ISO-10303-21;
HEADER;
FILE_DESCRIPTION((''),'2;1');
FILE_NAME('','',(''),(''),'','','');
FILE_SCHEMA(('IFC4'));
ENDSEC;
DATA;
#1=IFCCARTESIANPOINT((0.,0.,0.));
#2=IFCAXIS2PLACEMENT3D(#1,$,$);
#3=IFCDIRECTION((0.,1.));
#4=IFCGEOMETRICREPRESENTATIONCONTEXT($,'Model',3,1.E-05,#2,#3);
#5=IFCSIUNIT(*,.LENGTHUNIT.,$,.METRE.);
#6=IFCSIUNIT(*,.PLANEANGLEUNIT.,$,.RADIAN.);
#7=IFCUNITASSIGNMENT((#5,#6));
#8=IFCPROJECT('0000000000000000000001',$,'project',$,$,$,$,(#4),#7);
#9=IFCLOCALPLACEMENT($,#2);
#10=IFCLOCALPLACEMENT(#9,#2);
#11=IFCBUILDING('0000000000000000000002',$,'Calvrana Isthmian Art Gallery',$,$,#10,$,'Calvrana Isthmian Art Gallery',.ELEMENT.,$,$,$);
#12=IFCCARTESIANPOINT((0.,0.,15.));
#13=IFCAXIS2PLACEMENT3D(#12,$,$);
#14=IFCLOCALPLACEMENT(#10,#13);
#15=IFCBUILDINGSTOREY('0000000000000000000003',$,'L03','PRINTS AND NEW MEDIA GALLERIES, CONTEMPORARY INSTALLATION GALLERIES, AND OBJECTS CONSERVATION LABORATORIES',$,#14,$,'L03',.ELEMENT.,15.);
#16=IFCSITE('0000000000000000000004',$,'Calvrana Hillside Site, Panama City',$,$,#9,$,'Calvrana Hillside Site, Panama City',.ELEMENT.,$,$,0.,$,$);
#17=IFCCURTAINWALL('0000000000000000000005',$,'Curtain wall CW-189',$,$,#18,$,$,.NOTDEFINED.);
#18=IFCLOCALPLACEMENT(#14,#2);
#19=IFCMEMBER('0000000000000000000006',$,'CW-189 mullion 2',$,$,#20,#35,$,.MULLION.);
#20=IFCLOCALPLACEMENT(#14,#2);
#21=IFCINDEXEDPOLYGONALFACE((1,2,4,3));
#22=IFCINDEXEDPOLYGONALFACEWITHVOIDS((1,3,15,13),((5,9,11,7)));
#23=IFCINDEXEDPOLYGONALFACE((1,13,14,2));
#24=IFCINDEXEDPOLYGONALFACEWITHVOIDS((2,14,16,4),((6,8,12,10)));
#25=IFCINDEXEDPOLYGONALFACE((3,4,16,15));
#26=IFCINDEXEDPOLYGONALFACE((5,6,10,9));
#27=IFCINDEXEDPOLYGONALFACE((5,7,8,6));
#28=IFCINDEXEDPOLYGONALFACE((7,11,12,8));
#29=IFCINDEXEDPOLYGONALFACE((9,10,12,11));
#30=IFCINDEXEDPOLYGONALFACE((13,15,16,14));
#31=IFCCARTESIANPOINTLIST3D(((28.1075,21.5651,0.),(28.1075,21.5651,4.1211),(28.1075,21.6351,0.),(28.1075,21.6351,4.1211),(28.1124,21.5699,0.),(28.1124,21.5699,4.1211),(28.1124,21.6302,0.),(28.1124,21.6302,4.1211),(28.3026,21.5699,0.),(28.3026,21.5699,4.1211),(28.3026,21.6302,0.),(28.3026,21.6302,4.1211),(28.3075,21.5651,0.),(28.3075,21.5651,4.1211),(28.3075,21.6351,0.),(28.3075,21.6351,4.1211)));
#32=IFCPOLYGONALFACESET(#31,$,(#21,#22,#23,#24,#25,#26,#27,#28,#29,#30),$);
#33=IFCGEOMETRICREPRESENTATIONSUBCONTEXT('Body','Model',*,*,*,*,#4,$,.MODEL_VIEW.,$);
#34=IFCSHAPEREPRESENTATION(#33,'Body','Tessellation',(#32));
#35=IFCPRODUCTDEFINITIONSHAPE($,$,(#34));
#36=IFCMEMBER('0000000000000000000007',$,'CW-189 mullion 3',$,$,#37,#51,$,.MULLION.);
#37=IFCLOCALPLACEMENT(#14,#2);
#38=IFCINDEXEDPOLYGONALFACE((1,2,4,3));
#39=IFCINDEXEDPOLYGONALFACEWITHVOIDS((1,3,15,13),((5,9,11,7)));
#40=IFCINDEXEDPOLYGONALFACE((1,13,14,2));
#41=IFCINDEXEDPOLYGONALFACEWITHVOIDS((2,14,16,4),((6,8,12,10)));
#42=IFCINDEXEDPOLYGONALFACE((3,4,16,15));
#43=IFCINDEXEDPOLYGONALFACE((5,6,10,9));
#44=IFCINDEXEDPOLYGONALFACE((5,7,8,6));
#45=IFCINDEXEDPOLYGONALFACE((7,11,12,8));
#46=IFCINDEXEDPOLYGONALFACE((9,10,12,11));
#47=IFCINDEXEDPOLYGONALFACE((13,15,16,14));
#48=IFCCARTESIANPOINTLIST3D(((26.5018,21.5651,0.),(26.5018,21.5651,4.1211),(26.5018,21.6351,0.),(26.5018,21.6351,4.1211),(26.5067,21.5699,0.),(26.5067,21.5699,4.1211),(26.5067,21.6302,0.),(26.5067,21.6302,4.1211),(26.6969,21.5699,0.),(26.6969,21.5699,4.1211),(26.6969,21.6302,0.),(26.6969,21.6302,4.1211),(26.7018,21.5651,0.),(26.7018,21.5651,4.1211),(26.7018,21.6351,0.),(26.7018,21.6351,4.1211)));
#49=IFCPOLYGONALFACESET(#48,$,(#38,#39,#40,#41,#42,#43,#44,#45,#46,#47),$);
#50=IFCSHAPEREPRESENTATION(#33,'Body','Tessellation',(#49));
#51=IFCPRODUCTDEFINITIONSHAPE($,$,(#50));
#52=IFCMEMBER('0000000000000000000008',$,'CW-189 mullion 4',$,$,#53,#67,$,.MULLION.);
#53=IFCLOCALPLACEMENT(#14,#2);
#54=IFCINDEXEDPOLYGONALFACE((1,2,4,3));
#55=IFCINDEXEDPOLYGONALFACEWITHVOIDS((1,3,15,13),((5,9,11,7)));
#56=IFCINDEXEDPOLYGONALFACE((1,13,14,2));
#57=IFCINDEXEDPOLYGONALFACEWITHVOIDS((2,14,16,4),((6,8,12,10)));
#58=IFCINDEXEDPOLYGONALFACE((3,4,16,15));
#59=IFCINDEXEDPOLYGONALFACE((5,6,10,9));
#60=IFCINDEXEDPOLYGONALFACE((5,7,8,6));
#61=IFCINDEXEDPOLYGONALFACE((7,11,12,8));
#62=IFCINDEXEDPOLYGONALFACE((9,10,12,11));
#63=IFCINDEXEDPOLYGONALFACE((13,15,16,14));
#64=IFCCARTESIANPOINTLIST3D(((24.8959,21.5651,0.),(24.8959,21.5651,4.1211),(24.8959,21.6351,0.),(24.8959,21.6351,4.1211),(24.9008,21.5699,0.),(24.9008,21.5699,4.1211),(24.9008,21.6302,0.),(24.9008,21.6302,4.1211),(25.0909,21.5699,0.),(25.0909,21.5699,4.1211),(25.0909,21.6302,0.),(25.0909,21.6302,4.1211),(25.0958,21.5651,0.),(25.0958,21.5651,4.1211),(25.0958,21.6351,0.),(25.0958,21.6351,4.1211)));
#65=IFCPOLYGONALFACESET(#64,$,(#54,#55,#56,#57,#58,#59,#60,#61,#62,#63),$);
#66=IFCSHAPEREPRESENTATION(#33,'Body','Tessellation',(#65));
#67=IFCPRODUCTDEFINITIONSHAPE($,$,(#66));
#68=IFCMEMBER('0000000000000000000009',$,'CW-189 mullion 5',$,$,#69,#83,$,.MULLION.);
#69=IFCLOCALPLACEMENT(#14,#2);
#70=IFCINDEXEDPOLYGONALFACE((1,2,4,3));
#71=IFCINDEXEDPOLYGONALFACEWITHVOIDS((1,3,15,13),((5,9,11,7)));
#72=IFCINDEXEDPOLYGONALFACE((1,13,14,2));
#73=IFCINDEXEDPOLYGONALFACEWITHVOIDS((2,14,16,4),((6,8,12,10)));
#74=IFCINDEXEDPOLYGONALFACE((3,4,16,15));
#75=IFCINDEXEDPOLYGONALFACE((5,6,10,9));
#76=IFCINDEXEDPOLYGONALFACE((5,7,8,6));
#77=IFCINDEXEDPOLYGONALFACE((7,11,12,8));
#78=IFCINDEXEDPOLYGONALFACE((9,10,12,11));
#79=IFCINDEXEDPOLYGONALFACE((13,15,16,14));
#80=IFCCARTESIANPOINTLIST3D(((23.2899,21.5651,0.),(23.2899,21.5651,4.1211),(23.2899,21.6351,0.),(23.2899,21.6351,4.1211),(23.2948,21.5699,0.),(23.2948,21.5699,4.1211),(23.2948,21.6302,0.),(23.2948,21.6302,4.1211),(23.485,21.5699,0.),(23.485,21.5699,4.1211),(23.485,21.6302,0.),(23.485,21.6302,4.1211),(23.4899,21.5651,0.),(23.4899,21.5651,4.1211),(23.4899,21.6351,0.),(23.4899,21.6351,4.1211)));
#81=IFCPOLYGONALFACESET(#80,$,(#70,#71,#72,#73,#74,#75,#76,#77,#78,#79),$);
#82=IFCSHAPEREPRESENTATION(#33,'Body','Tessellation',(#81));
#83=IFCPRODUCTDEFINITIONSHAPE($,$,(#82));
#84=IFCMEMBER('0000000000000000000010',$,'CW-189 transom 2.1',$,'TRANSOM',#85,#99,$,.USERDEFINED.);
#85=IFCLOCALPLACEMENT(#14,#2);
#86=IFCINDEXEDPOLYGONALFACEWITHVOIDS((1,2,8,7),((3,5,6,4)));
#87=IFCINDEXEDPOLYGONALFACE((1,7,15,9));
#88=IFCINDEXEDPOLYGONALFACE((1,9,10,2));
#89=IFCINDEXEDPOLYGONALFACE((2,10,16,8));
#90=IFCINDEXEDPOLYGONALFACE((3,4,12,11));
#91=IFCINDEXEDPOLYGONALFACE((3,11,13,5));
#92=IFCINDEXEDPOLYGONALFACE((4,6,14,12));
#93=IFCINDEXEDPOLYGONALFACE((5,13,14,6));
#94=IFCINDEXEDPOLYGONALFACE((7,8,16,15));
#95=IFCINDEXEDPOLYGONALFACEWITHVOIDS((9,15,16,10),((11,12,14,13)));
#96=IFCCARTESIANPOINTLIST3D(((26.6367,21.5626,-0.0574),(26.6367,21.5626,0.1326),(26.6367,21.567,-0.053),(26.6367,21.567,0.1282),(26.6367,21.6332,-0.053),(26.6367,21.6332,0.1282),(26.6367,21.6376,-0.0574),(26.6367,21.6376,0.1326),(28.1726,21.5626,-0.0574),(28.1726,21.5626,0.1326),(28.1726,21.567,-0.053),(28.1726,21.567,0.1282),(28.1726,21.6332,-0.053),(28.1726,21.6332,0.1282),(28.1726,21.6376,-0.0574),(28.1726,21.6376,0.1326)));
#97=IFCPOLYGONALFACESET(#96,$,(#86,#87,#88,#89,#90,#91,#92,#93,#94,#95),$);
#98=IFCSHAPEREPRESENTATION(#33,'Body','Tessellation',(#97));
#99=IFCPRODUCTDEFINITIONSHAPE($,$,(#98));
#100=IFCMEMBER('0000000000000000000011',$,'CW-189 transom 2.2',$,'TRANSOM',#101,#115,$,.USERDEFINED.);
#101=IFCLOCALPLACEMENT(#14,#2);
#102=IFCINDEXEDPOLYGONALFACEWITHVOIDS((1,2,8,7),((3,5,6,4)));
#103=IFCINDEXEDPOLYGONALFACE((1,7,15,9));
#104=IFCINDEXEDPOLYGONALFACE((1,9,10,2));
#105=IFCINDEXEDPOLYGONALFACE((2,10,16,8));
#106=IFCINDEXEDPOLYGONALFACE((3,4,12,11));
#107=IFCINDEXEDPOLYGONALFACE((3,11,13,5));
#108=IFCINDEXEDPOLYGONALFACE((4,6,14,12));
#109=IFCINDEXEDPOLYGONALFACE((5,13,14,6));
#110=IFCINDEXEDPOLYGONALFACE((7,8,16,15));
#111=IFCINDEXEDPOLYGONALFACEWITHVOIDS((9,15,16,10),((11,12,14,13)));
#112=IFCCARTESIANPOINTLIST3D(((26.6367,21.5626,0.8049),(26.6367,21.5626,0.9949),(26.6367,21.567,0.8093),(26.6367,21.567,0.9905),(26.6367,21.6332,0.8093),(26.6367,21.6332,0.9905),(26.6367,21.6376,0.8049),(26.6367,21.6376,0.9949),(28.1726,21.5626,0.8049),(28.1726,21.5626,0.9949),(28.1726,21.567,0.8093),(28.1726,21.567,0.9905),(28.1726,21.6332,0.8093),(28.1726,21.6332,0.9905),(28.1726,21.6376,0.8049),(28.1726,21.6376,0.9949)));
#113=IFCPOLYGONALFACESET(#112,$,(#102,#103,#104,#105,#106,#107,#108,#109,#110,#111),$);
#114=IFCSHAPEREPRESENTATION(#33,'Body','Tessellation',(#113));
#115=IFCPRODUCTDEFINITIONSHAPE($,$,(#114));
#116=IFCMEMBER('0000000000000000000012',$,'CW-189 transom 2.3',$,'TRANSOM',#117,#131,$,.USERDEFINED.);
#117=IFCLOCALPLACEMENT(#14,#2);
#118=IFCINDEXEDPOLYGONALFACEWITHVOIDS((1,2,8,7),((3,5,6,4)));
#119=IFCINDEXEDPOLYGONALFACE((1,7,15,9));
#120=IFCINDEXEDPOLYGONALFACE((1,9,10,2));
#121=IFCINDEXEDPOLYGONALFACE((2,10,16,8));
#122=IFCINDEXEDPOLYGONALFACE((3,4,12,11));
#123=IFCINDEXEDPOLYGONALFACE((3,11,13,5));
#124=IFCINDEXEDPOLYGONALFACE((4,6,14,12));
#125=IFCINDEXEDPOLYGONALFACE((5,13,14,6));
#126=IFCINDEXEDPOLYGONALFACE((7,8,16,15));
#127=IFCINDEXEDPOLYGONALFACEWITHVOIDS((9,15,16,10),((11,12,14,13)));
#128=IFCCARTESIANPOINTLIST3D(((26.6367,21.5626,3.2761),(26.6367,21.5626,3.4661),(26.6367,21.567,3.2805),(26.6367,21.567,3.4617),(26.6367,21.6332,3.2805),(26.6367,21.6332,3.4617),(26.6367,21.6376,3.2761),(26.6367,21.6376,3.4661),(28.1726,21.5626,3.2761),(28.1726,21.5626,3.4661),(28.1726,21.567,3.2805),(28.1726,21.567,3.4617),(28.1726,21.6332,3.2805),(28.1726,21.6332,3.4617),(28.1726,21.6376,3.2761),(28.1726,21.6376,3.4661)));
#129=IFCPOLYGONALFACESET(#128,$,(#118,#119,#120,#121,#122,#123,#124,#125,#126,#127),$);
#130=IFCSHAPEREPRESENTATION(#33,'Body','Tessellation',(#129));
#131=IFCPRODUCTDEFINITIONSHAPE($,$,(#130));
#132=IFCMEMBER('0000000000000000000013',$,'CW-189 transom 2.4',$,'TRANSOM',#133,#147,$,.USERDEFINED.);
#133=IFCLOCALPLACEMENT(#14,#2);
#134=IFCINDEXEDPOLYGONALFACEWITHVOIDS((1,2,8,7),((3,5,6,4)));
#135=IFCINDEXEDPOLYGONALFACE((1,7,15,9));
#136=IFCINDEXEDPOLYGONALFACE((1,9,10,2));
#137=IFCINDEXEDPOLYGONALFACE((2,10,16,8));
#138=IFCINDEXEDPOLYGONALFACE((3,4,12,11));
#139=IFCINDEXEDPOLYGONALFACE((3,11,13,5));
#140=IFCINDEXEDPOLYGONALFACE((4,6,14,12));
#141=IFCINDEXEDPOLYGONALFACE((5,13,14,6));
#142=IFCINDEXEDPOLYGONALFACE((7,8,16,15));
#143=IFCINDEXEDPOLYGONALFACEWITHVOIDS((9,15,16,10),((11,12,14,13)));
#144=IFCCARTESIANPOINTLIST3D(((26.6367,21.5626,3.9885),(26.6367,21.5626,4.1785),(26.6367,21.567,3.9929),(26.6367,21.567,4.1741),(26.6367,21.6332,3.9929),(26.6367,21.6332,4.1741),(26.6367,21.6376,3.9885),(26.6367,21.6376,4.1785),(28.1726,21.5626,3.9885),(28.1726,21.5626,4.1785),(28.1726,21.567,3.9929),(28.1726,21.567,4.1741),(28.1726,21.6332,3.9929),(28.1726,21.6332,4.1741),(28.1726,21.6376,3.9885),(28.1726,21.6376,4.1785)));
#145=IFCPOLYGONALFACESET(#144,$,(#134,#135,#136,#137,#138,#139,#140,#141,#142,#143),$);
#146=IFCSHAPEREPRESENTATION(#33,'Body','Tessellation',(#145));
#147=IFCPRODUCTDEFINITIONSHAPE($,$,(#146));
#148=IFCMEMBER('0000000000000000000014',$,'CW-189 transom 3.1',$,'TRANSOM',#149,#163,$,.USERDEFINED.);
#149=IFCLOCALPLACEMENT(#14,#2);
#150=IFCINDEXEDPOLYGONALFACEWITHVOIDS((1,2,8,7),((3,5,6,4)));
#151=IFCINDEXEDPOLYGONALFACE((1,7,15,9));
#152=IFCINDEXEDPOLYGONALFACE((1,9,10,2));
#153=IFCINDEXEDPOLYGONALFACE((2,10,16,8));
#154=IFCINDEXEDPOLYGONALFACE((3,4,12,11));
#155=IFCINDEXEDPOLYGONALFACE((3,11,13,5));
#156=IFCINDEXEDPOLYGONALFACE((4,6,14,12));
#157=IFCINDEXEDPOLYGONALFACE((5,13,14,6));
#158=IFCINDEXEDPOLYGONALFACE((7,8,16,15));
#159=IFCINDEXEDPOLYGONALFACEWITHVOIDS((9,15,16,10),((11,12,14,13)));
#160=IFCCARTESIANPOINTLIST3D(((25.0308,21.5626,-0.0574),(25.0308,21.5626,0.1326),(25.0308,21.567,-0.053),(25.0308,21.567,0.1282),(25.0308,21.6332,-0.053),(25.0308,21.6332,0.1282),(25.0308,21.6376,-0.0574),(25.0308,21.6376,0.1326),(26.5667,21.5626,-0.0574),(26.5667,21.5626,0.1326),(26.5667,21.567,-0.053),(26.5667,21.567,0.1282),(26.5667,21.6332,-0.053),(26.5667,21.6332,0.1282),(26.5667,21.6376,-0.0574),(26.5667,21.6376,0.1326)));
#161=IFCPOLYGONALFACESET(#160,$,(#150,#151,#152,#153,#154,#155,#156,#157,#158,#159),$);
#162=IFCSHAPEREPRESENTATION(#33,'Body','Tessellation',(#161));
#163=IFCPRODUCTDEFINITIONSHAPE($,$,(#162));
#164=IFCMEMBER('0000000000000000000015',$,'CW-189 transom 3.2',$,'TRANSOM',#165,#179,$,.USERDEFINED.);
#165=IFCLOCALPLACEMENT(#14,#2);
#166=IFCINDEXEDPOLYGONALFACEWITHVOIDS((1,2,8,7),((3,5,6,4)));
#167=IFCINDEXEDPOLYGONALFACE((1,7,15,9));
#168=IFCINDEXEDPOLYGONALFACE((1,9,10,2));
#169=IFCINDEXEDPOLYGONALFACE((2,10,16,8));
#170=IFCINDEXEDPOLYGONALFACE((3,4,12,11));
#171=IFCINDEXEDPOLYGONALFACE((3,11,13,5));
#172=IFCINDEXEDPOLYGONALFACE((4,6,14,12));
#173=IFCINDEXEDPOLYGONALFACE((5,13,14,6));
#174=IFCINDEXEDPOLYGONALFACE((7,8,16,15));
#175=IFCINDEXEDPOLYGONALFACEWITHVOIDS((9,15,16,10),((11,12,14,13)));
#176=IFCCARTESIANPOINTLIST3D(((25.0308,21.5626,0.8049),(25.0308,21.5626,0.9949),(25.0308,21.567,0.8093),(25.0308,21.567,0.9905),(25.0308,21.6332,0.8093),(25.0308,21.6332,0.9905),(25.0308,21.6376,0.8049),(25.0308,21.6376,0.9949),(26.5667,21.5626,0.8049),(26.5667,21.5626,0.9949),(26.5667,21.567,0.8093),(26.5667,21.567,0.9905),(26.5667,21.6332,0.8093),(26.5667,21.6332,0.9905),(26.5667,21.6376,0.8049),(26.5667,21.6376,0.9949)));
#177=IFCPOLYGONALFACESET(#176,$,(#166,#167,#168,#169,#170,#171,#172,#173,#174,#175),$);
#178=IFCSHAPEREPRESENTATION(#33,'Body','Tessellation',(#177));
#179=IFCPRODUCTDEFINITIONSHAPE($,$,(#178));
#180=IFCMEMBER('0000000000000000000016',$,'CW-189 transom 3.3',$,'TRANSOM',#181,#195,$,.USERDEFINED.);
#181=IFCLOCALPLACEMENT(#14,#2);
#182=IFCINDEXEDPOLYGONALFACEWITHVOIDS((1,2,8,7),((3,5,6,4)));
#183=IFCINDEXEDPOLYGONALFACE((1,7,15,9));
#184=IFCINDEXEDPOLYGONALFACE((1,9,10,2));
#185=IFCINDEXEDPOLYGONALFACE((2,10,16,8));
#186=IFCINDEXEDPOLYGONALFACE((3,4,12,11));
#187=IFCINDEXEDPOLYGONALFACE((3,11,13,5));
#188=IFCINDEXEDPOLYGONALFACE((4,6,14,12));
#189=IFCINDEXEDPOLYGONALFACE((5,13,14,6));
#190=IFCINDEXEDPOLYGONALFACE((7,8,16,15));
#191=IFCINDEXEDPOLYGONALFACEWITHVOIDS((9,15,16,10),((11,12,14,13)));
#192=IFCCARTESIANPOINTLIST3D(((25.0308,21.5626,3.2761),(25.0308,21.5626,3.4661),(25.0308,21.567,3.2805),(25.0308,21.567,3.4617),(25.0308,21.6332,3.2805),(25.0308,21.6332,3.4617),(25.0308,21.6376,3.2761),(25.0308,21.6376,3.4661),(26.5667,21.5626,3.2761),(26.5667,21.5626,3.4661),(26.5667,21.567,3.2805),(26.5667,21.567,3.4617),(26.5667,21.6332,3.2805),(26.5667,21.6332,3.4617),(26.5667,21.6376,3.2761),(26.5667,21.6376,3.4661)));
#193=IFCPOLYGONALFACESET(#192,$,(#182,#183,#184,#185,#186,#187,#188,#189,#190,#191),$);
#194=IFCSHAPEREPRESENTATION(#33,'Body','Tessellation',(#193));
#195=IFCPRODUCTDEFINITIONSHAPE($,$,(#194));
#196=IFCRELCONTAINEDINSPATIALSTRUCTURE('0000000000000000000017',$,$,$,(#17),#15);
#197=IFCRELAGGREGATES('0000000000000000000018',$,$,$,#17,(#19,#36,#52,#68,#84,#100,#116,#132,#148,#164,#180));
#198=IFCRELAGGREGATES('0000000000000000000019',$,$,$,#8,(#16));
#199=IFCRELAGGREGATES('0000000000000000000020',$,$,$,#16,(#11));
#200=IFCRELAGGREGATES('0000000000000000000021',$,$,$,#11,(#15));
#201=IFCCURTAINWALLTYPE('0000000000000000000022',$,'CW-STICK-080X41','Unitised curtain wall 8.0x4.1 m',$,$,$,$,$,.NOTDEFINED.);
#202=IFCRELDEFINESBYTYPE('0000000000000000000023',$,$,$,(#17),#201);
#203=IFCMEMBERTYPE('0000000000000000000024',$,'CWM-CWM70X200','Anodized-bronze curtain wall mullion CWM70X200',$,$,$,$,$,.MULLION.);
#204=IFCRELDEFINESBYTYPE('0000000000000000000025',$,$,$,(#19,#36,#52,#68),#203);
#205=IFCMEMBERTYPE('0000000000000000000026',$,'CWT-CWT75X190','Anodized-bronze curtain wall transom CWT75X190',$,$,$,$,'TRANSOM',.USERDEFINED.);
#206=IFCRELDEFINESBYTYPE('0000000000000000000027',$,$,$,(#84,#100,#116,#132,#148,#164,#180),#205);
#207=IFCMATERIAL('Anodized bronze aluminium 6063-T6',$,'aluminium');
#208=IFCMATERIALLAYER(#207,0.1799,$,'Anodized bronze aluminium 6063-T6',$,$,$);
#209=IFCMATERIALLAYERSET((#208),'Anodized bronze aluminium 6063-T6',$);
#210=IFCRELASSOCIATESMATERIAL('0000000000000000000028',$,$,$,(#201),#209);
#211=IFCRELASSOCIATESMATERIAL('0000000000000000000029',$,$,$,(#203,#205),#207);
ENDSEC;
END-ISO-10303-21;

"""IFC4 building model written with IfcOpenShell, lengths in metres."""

from ifc_helpers import new_model, si_unit, direction, frame, origin, origin_2d, place, context, subcontext, project, spatial, hollow_rectangle, extrude, material, layer, layer_set, material_profile, profile_set, type_object, element, aggregate, save


model = new_model("IFC4")

# Units and contexts
model_context = context("Model", 3, precision=1e-05, world=origin(), true_north=direction((0.0, 1.0)))
body_context = subcontext(model_context, "Body", "Model", "MODEL_VIEW")
ifc_project = project(units=[si_unit("LENGTHUNIT", "METRE"), si_unit("PLANEANGLEUNIT", "RADIAN")], contexts=[model_context])

# Site, building, storey
site_placement = place(None, origin())
site = spatial("IfcSite", under=ifc_project, at=site_placement, Name="Calvrana Hillside Site, Panama City", LongName="Calvrana Hillside Site, Panama City", CompositionType="ELEMENT", RefElevation=0.0)
building_placement = place(site_placement, origin())
building = spatial("IfcBuilding", under=site, at=building_placement, Name="Calvrana Isthmian Art Gallery", LongName="Calvrana Isthmian Art Gallery", CompositionType="ELEMENT")
storey_placement = place(building_placement, frame((0.0, 0.0, 15.0)))
storey = spatial("IfcBuildingStorey", under=building, at=storey_placement, Name="L03", Description="PRINTS AND NEW MEDIA GALLERIES, CONTEMPORARY INSTALLATION GALLERIES, AND OBJECTS CONSERVATION LABORATORIES", LongName="L03", CompositionType="ELEMENT", Elevation=15.0)

# Curtain wall, members
ifc_material_1 = material(Name="Anodized bronze aluminium 6063-T6", Category="aluminium")
ifc_layer_1 = layer(ifc_material_1, 0.1799, Name="Anodized bronze aluminium 6063-T6")
ifc_layer_set_1 = layer_set([ifc_layer_1], Name="Anodized bronze aluminium 6063-T6")
curtain_wall_type = type_object("IfcCurtainWallType", Name="CW-STICK-080X41", Description="Unitised curtain wall 8.0x4.1 m", PredefinedType="NOTDEFINED", material=ifc_layer_set_1)
curtain_wall_placement = place(storey_placement, origin())
curtain_wall = element("IfcCurtainWall", 1, at=curtain_wall_placement, inside=storey, type_object=curtain_wall_type, Name="Curtain wall CW-189", PredefinedType="NOTDEFINED")
ifc_material_profile_1 = material_profile(ifc_material_1, hollow_rectangle(XDim=0.0701, YDim=0.2, WallThickness=0.0049, at=origin_2d()), Name="CWM70X200")
ifc_profile_set_1 = profile_set([ifc_material_profile_1], Name="Anodized bronze aluminium 6063-T6")
member_type_1 = type_object("IfcMemberType", Name="CWM-CWM70X200", Description="Anodized-bronze curtain wall mullion CWM70X200", PredefinedType="MULLION", material=ifc_profile_set_1)
member_1_placement = place(storey_placement, frame((28.2075, 21.6001, 0.0), z_axis=(0.0, 0.0, 1.0), x_axis=(0.0, -1.0, 0.0)))
member_1 = element("IfcMember", 2, at=member_1_placement, type_object=member_type_1, Name="CW-189 mullion 2", PredefinedType="MULLION", context=body_context, shape_type="SweptSolid", body=[
    extrude(hollow_rectangle(XDim=0.0701, YDim=0.2, WallThickness=0.0049, at=origin_2d()), origin(), (0.0, 0.0, 1.0), 4.1211),
])
member_2_placement = place(storey_placement, frame((26.6018, 21.6001, 0.0), z_axis=(0.0, 0.0, 1.0), x_axis=(0.0, -1.0, 0.0)))
member_2 = element("IfcMember", 3, at=member_2_placement, type_object=member_type_1, Name="CW-189 mullion 3", PredefinedType="MULLION", context=body_context, shape_type="SweptSolid", body=[
    extrude(hollow_rectangle(XDim=0.0701, YDim=0.2, WallThickness=0.0049, at=origin_2d()), origin(), (0.0, 0.0, 1.0), 4.1211),
])
member_3_placement = place(storey_placement, frame((24.9958, 21.6001, 0.0), z_axis=(0.0, 0.0, 1.0), x_axis=(0.0, -1.0, 0.0)))
member_3 = element("IfcMember", 4, at=member_3_placement, type_object=member_type_1, Name="CW-189 mullion 4", PredefinedType="MULLION", context=body_context, shape_type="SweptSolid", body=[
    extrude(hollow_rectangle(XDim=0.0701, YDim=0.2, WallThickness=0.0049, at=origin_2d()), origin(), (0.0, 0.0, 1.0), 4.1211),
])
member_4_placement = place(storey_placement, frame((23.3899, 21.6001, 0.0), z_axis=(0.0, 0.0, 1.0), x_axis=(0.0, -1.0, 0.0)))
member_4 = element("IfcMember", 5, at=member_4_placement, type_object=member_type_1, Name="CW-189 mullion 5", PredefinedType="MULLION", context=body_context, shape_type="SweptSolid", body=[
    extrude(hollow_rectangle(XDim=0.0701, YDim=0.2, WallThickness=0.0049, at=origin_2d()), origin(), (0.0, 0.0, 1.0), 4.1211),
])
ifc_material_profile_2 = material_profile(ifc_material_1, hollow_rectangle(XDim=0.075, YDim=0.1899, WallThickness=0.0044, at=origin_2d()), Name="CWT75X190")
ifc_profile_set_2 = profile_set([ifc_material_profile_2], Name="Anodized bronze aluminium 6063-T6")
member_type_2 = type_object("IfcMemberType", Name="CWT-CWT75X190", Description="Anodized-bronze curtain wall transom CWT75X190", ElementType="TRANSOM", PredefinedType="USERDEFINED", material=ifc_profile_set_2)
member_5_placement = place(storey_placement, frame((28.1726, 21.6001, 0.0376), z_axis=(-1.0, 0.0, 0.0), x_axis=(0.0, -1.0, 0.0)))
member_5 = element("IfcMember", 6, at=member_5_placement, type_object=member_type_2, Name="CW-189 transom 2.1", ObjectType="TRANSOM", PredefinedType="USERDEFINED", context=body_context, shape_type="SweptSolid", body=[
    extrude(hollow_rectangle(XDim=0.075, YDim=0.1899, WallThickness=0.0044, at=origin_2d()), origin(), (0.0, 0.0, 1.0), 1.5359),
])
member_6_placement = place(storey_placement, frame((28.1726, 21.6001, 0.8999), z_axis=(-1.0, 0.0, 0.0), x_axis=(0.0, -1.0, 0.0)))
member_6 = element("IfcMember", 7, at=member_6_placement, type_object=member_type_2, Name="CW-189 transom 2.2", ObjectType="TRANSOM", PredefinedType="USERDEFINED", context=body_context, shape_type="SweptSolid", body=[
    extrude(hollow_rectangle(XDim=0.075, YDim=0.1899, WallThickness=0.0044, at=origin_2d()), origin(), (0.0, 0.0, 1.0), 1.5359),
])
member_7_placement = place(storey_placement, frame((28.1726, 21.6001, 3.3711), z_axis=(-1.0, 0.0, 0.0), x_axis=(0.0, -1.0, 0.0)))
member_7 = element("IfcMember", 8, at=member_7_placement, type_object=member_type_2, Name="CW-189 transom 2.3", ObjectType="TRANSOM", PredefinedType="USERDEFINED", context=body_context, shape_type="SweptSolid", body=[
    extrude(hollow_rectangle(XDim=0.075, YDim=0.1899, WallThickness=0.0044, at=origin_2d()), origin(), (0.0, 0.0, 1.0), 1.5359),
])
member_8_placement = place(storey_placement, frame((28.1726, 21.6001, 4.0835), z_axis=(-1.0, 0.0, 0.0), x_axis=(0.0, -1.0, 0.0)))
member_8 = element("IfcMember", 9, at=member_8_placement, type_object=member_type_2, Name="CW-189 transom 2.4", ObjectType="TRANSOM", PredefinedType="USERDEFINED", context=body_context, shape_type="SweptSolid", body=[
    extrude(hollow_rectangle(XDim=0.075, YDim=0.1899, WallThickness=0.0044, at=origin_2d()), origin(), (0.0, 0.0, 1.0), 1.5359),
])
member_9_placement = place(storey_placement, frame((26.5667, 21.6001, 0.0376), z_axis=(-1.0, 0.0, 0.0), x_axis=(0.0, -1.0, 0.0)))
member_9 = element("IfcMember", 10, at=member_9_placement, type_object=member_type_2, Name="CW-189 transom 3.1", ObjectType="TRANSOM", PredefinedType="USERDEFINED", context=body_context, shape_type="SweptSolid", body=[
    extrude(hollow_rectangle(XDim=0.075, YDim=0.1899, WallThickness=0.0044, at=origin_2d()), origin(), (0.0, 0.0, 1.0), 1.5359),
])
member_10_placement = place(storey_placement, frame((26.5667, 21.6001, 0.8999), z_axis=(-1.0, 0.0, 0.0), x_axis=(0.0, -1.0, 0.0)))
member_10 = element("IfcMember", 11, at=member_10_placement, type_object=member_type_2, Name="CW-189 transom 3.2", ObjectType="TRANSOM", PredefinedType="USERDEFINED", context=body_context, shape_type="SweptSolid", body=[
    extrude(hollow_rectangle(XDim=0.075, YDim=0.1899, WallThickness=0.0044, at=origin_2d()), origin(), (0.0, 0.0, 1.0), 1.5359),
])
member_11_placement = place(storey_placement, frame((26.5667, 21.6001, 3.3711), z_axis=(-1.0, 0.0, 0.0), x_axis=(0.0, -1.0, 0.0)))
member_11 = element("IfcMember", 12, at=member_11_placement, type_object=member_type_2, Name="CW-189 transom 3.3", ObjectType="TRANSOM", PredefinedType="USERDEFINED", context=body_context, shape_type="SweptSolid", body=[
    extrude(hollow_rectangle(XDim=0.075, YDim=0.1899, WallThickness=0.0044, at=origin_2d()), origin(), (0.0, 0.0, 1.0), 1.5359),
])
aggregate(curtain_wall, [member_1, member_2, member_3, member_4, member_5, member_6, member_7, member_8, member_9, member_10, member_11])

save(model, "model.ifc")
